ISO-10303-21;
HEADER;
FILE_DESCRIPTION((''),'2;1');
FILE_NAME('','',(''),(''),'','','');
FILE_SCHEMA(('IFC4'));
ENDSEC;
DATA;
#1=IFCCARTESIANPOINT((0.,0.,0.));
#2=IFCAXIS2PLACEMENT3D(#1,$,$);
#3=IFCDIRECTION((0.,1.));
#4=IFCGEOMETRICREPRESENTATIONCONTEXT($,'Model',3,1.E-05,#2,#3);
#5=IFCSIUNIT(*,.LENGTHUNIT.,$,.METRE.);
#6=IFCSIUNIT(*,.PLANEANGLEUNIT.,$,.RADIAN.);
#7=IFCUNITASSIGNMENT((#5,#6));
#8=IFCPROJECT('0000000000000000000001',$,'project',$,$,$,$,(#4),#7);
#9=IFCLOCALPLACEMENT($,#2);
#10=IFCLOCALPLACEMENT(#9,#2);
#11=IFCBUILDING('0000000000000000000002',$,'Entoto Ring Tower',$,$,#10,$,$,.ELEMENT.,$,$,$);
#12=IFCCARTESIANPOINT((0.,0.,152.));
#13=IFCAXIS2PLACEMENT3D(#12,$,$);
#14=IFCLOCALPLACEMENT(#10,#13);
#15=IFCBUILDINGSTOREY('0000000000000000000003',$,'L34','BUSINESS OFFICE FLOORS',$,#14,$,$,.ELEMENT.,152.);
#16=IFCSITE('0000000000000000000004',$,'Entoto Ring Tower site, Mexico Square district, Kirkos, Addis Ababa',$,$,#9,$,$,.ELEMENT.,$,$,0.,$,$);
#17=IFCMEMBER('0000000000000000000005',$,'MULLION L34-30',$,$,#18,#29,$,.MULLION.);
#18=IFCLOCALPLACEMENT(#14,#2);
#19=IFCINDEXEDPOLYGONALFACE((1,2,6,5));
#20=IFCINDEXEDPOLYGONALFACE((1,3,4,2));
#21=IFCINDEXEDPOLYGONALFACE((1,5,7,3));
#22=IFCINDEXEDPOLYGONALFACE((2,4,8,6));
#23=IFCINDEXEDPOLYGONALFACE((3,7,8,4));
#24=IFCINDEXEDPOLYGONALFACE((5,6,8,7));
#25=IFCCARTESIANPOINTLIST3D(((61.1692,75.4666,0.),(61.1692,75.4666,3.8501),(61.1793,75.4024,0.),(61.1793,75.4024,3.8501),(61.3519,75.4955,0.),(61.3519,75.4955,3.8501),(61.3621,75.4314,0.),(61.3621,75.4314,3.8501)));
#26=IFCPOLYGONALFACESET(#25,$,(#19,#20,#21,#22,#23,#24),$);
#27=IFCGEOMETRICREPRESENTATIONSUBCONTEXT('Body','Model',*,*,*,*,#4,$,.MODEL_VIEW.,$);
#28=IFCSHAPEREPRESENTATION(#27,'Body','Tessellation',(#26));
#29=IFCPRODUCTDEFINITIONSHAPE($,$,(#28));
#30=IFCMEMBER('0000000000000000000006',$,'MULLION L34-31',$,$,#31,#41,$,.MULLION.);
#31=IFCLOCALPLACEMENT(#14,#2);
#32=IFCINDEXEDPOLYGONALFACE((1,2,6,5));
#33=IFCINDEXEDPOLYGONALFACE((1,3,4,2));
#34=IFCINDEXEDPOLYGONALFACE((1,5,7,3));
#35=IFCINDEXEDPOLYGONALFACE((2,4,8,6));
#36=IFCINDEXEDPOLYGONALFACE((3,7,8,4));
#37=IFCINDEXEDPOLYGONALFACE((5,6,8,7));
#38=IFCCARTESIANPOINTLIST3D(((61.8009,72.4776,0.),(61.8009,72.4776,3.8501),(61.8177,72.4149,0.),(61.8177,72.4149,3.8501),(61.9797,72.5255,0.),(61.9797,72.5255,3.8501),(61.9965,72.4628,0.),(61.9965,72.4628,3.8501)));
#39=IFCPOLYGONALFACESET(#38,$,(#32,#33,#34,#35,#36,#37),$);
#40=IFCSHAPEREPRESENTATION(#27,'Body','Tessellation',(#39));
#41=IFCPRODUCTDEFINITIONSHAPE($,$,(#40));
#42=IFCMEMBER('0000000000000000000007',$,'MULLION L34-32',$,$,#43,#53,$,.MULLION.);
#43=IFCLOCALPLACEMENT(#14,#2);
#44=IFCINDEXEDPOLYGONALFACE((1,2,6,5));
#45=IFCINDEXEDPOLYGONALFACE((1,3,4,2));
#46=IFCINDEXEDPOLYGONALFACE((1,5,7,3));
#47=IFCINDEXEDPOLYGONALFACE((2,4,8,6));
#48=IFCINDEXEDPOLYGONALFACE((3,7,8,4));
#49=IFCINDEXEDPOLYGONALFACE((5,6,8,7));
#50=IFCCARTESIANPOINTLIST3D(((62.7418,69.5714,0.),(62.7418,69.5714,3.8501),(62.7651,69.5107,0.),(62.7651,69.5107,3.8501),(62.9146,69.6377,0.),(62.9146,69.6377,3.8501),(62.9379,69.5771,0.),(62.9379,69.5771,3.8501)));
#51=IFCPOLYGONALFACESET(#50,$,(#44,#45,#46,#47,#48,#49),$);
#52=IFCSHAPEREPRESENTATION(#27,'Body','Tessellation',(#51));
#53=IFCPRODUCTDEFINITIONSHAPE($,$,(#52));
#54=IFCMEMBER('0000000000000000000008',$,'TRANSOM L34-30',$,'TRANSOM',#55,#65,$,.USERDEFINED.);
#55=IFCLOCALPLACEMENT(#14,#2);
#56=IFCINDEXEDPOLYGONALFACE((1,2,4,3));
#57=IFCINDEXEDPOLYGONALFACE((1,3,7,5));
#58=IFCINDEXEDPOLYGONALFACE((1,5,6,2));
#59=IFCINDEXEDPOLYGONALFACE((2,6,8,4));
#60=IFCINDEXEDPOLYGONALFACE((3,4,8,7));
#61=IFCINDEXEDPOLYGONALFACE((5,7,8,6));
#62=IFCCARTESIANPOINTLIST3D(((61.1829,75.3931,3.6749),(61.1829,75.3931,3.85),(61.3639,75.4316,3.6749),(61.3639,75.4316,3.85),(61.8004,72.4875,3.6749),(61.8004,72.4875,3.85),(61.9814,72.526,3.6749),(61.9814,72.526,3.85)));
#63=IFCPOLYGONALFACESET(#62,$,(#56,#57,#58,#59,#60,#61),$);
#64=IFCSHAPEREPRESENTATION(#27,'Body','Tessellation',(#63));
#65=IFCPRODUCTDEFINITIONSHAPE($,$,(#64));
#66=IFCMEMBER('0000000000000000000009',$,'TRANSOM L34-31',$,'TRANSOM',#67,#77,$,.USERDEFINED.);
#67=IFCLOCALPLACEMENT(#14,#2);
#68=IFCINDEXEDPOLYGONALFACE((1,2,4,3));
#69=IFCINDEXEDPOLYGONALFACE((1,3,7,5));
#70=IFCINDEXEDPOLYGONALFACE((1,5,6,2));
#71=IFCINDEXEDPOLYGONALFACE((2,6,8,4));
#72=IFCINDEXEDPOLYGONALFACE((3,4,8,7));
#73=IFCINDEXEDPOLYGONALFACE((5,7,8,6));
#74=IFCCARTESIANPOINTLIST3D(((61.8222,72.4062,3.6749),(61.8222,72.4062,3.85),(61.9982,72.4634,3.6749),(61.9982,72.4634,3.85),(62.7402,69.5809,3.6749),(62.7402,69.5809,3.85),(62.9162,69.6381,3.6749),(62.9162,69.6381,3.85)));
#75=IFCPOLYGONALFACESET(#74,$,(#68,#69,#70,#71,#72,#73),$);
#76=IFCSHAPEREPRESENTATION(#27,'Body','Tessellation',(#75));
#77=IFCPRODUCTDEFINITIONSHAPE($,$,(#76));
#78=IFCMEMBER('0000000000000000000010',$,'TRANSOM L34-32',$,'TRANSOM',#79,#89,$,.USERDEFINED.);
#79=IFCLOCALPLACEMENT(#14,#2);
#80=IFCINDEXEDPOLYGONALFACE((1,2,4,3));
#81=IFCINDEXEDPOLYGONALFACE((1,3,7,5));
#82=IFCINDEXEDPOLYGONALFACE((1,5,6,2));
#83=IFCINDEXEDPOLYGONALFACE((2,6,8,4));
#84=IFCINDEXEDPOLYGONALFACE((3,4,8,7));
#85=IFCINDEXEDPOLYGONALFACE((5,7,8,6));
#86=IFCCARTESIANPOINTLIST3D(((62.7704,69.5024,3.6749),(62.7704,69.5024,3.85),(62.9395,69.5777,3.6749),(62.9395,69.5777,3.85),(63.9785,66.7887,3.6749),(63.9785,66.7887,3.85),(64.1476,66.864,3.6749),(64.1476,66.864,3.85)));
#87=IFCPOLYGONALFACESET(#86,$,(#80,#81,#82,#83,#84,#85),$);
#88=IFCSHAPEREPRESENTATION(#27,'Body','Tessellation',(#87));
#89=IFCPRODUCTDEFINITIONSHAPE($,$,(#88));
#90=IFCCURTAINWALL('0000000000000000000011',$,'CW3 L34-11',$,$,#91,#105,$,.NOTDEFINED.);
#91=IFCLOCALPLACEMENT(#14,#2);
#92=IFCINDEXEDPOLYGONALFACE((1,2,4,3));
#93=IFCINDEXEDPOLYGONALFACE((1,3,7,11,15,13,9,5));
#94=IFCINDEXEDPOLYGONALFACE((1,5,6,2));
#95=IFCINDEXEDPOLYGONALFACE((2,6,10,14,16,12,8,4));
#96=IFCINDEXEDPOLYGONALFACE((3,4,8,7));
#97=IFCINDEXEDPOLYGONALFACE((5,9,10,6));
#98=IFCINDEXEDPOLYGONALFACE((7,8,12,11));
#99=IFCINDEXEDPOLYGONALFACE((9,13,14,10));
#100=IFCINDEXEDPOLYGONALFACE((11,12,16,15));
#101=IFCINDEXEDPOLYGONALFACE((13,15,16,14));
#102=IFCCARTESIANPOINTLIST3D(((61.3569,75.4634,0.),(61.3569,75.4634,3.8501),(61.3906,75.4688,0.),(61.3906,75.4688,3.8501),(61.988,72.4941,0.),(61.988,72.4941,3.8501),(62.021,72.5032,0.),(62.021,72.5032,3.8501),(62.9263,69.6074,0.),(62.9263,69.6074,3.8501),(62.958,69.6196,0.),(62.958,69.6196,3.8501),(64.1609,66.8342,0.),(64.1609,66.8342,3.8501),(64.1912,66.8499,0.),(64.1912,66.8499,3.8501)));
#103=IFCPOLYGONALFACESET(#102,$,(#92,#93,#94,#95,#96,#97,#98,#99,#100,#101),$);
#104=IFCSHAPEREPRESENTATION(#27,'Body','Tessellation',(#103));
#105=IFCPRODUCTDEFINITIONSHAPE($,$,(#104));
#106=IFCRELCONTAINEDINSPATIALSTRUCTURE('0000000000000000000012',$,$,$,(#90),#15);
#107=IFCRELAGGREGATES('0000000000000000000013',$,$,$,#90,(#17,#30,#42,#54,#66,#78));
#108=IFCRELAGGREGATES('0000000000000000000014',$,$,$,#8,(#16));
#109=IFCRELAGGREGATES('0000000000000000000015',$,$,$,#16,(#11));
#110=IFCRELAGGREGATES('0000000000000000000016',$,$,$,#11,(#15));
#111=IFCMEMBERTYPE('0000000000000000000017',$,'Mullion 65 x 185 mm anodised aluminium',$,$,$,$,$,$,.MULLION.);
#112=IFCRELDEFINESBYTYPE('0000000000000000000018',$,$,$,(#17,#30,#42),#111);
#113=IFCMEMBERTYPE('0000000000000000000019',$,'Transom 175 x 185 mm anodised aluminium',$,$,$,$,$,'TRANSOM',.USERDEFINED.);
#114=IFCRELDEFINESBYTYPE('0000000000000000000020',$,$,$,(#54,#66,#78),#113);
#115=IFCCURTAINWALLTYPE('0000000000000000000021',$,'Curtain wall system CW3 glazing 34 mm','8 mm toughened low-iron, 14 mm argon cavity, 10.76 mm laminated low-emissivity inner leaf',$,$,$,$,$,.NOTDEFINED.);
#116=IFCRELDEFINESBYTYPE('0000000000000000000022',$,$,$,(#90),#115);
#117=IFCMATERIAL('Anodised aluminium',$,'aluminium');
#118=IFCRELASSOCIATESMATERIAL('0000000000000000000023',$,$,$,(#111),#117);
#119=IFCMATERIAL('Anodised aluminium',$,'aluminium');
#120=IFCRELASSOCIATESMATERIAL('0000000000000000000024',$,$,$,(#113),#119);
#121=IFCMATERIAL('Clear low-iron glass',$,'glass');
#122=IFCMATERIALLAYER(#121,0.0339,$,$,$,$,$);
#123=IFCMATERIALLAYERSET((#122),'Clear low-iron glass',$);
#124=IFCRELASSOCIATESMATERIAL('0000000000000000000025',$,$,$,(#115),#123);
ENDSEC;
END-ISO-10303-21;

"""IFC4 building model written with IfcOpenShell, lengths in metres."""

from ifc_helpers import new_model, si_unit, direction, frame, origin, origin_2d, place, context, subcontext, project, spatial, polyline, rectangle, outline, extrude, material, layer, layer_set, material_profile, profile_set, type_object, element, aggregate, save


model = new_model("IFC4")

# Units and contexts
model_context = context("Model", 3, precision=1e-05, world=origin(), true_north=direction((0.0, 1.0)))
body_context = subcontext(model_context, "Body", "Model", "MODEL_VIEW")
ifc_project = project(units=[si_unit("LENGTHUNIT", "METRE"), si_unit("PLANEANGLEUNIT", "RADIAN")], contexts=[model_context])

# Members
ifc_material_1 = material(Name="Anodised aluminium", Category="aluminium")
ifc_material_profile_1 = material_profile(ifc_material_1, rectangle(XDim=0.0649, YDim=0.1851, at=origin_2d()), Name="Mullion 65 x 185 mm anodised aluminium")
ifc_profile_set_1 = profile_set([ifc_material_profile_1], Name="Anodised aluminium")
member_type_1 = type_object("IfcMemberType", Name="Mullion 65 x 185 mm anodised aluminium", PredefinedType="MULLION", material=ifc_profile_set_1)
site_placement = place(None, origin())
building_placement = place(site_placement, origin())
storey_placement = place(building_placement, frame((0.0, 0.0, 152.0)))
member_1_placement = place(storey_placement, frame((61.2656, 75.449, 0.0), z_axis=(0.0, 0.0, 1.0), x_axis=(0.156434, -0.987688, 0.0)))
member_1 = element("IfcMember", 1, at=member_1_placement, type_object=member_type_1, Name="MULLION L34-30", PredefinedType="MULLION", context=body_context, shape_type="SweptSolid", body=[
    extrude(rectangle(XDim=0.0649, YDim=0.1851, at=origin_2d()), origin(), (0.0, 0.0, 1.0), 3.8501),
])
member_2_placement = place(storey_placement, frame((61.8987, 72.4702, 0.0), z_axis=(0.0, 0.0, 1.0), x_axis=(0.258819, -0.965926, 0.0)))
member_2 = element("IfcMember", 2, at=member_2_placement, type_object=member_type_1, Name="MULLION L34-31", PredefinedType="MULLION", context=body_context, shape_type="SweptSolid", body=[
    extrude(rectangle(XDim=0.0649, YDim=0.1851, at=origin_2d()), origin(), (0.0, 0.0, 1.0), 3.8501),
])
member_3_placement = place(storey_placement, frame((62.8398, 69.5742, 0.0), z_axis=(0.0, 0.0, 1.0), x_axis=(0.358368, -0.93358, 0.0)))
member_3 = element("IfcMember", 3, at=member_3_placement, type_object=member_type_1, Name="MULLION L34-32", PredefinedType="MULLION", context=body_context, shape_type="SweptSolid", body=[
    extrude(rectangle(XDim=0.0649, YDim=0.1851, at=origin_2d()), origin(), (0.0, 0.0, 1.0), 3.8501),
])
ifc_material_2 = material(Name="Anodised aluminium", Category="aluminium")
ifc_material_profile_2 = material_profile(ifc_material_2, rectangle(XDim=0.1851, YDim=0.175, at=origin_2d()), Name="Transom 175 x 185 mm anodised aluminium")
ifc_profile_set_2 = profile_set([ifc_material_profile_2], Name="Anodised aluminium")
member_type_2 = type_object("IfcMemberType", Name="Transom 175 x 185 mm anodised aluminium", ElementType="TRANSOM", PredefinedType="USERDEFINED", material=ifc_profile_set_2)
member_4_placement = place(storey_placement, frame((61.2734, 75.4124, 3.7625), z_axis=(0.207862, -0.978158, 0.0), x_axis=(0.978158, 0.207862, 0.0)))
member_4 = element("IfcMember", 4, at=member_4_placement, type_object=member_type_2, Name="TRANSOM L34-30", ObjectType="TRANSOM", PredefinedType="USERDEFINED", context=body_context, shape_type="SweptSolid", body=[
    extrude(rectangle(XDim=0.1851, YDim=0.175, at=origin_2d()), origin(), (0.0, 0.0, 1.0), 2.9705),
])
member_5_placement = place(storey_placement, frame((61.9102, 72.4348, 3.7625), z_axis=(0.309019, -0.951056, 0.0), x_axis=(0.951056, 0.309019, 0.0)))
member_5 = element("IfcMember", 5, at=member_5_placement, type_object=member_type_2, Name="TRANSOM L34-31", ObjectType="TRANSOM", PredefinedType="USERDEFINED", context=body_context, shape_type="SweptSolid", body=[
    extrude(rectangle(XDim=0.1851, YDim=0.175, at=origin_2d()), origin(), (0.0, 0.0, 1.0), 2.9707),
])
member_6_placement = place(storey_placement, frame((62.855, 69.54, 3.7625), z_axis=(0.406687, -0.913567, 0.0), x_axis=(0.913567, 0.406687, 0.0)))
member_6 = element("IfcMember", 6, at=member_6_placement, type_object=member_type_2, Name="TRANSOM L34-32", ObjectType="TRANSOM", PredefinedType="USERDEFINED", context=body_context, shape_type="SweptSolid", body=[
    extrude(rectangle(XDim=0.1851, YDim=0.175, at=origin_2d()), origin(), (0.0, 0.0, 1.0), 2.9705),
])

# Site, building, storey
site = spatial("IfcSite", under=ifc_project, at=site_placement, Name="Entoto Ring Tower site, Mexico Square district, Kirkos, Addis Ababa", CompositionType="ELEMENT", RefElevation=0.0)
building = spatial("IfcBuilding", under=site, at=building_placement, Name="Entoto Ring Tower", CompositionType="ELEMENT")
storey = spatial("IfcBuildingStorey", under=building, at=storey_placement, Name="L34", Description="BUSINESS OFFICE FLOORS", CompositionType="ELEMENT", Elevation=152.0)

# Curtain wall
ifc_material_3 = material(Name="Clear low-iron glass", Category="glass")
ifc_layer = layer(ifc_material_3, 0.0339)
ifc_layer_set = layer_set([ifc_layer], Name="Clear low-iron glass")
curtain_wall_type = type_object("IfcCurtainWallType", Name="Curtain wall system CW3 glazing 34 mm", Description="8 mm toughened low-iron, 14 mm argon cavity, 10.76 mm laminated low-emissivity inner leaf", PredefinedType="NOTDEFINED", material=ifc_layer_set)
curtain_wall_1_placement = place(storey_placement, origin())
curtain_wall_1 = element("IfcCurtainWall", 7, at=curtain_wall_1_placement, inside=storey, type_object=curtain_wall_type, Name="CW3 L34-11", PredefinedType="NOTDEFINED", context=body_context, shape_type="SweptSolid", body=[
    extrude(outline(polyline([(61.3569, 75.4634), (61.988, 72.4941), (62.9263, 69.6074), (64.1609, 66.8342), (64.1912, 66.8499), (62.958, 69.6196), (62.021, 72.5032), (61.3906, 75.4688), (61.3569, 75.4634)])), origin(), (0.0, 0.0, 1.0), 3.8501),
])
aggregate(curtain_wall_1, [member_1, member_2, member_3, member_4, member_5, member_6])

save(model, "model.ifc")
